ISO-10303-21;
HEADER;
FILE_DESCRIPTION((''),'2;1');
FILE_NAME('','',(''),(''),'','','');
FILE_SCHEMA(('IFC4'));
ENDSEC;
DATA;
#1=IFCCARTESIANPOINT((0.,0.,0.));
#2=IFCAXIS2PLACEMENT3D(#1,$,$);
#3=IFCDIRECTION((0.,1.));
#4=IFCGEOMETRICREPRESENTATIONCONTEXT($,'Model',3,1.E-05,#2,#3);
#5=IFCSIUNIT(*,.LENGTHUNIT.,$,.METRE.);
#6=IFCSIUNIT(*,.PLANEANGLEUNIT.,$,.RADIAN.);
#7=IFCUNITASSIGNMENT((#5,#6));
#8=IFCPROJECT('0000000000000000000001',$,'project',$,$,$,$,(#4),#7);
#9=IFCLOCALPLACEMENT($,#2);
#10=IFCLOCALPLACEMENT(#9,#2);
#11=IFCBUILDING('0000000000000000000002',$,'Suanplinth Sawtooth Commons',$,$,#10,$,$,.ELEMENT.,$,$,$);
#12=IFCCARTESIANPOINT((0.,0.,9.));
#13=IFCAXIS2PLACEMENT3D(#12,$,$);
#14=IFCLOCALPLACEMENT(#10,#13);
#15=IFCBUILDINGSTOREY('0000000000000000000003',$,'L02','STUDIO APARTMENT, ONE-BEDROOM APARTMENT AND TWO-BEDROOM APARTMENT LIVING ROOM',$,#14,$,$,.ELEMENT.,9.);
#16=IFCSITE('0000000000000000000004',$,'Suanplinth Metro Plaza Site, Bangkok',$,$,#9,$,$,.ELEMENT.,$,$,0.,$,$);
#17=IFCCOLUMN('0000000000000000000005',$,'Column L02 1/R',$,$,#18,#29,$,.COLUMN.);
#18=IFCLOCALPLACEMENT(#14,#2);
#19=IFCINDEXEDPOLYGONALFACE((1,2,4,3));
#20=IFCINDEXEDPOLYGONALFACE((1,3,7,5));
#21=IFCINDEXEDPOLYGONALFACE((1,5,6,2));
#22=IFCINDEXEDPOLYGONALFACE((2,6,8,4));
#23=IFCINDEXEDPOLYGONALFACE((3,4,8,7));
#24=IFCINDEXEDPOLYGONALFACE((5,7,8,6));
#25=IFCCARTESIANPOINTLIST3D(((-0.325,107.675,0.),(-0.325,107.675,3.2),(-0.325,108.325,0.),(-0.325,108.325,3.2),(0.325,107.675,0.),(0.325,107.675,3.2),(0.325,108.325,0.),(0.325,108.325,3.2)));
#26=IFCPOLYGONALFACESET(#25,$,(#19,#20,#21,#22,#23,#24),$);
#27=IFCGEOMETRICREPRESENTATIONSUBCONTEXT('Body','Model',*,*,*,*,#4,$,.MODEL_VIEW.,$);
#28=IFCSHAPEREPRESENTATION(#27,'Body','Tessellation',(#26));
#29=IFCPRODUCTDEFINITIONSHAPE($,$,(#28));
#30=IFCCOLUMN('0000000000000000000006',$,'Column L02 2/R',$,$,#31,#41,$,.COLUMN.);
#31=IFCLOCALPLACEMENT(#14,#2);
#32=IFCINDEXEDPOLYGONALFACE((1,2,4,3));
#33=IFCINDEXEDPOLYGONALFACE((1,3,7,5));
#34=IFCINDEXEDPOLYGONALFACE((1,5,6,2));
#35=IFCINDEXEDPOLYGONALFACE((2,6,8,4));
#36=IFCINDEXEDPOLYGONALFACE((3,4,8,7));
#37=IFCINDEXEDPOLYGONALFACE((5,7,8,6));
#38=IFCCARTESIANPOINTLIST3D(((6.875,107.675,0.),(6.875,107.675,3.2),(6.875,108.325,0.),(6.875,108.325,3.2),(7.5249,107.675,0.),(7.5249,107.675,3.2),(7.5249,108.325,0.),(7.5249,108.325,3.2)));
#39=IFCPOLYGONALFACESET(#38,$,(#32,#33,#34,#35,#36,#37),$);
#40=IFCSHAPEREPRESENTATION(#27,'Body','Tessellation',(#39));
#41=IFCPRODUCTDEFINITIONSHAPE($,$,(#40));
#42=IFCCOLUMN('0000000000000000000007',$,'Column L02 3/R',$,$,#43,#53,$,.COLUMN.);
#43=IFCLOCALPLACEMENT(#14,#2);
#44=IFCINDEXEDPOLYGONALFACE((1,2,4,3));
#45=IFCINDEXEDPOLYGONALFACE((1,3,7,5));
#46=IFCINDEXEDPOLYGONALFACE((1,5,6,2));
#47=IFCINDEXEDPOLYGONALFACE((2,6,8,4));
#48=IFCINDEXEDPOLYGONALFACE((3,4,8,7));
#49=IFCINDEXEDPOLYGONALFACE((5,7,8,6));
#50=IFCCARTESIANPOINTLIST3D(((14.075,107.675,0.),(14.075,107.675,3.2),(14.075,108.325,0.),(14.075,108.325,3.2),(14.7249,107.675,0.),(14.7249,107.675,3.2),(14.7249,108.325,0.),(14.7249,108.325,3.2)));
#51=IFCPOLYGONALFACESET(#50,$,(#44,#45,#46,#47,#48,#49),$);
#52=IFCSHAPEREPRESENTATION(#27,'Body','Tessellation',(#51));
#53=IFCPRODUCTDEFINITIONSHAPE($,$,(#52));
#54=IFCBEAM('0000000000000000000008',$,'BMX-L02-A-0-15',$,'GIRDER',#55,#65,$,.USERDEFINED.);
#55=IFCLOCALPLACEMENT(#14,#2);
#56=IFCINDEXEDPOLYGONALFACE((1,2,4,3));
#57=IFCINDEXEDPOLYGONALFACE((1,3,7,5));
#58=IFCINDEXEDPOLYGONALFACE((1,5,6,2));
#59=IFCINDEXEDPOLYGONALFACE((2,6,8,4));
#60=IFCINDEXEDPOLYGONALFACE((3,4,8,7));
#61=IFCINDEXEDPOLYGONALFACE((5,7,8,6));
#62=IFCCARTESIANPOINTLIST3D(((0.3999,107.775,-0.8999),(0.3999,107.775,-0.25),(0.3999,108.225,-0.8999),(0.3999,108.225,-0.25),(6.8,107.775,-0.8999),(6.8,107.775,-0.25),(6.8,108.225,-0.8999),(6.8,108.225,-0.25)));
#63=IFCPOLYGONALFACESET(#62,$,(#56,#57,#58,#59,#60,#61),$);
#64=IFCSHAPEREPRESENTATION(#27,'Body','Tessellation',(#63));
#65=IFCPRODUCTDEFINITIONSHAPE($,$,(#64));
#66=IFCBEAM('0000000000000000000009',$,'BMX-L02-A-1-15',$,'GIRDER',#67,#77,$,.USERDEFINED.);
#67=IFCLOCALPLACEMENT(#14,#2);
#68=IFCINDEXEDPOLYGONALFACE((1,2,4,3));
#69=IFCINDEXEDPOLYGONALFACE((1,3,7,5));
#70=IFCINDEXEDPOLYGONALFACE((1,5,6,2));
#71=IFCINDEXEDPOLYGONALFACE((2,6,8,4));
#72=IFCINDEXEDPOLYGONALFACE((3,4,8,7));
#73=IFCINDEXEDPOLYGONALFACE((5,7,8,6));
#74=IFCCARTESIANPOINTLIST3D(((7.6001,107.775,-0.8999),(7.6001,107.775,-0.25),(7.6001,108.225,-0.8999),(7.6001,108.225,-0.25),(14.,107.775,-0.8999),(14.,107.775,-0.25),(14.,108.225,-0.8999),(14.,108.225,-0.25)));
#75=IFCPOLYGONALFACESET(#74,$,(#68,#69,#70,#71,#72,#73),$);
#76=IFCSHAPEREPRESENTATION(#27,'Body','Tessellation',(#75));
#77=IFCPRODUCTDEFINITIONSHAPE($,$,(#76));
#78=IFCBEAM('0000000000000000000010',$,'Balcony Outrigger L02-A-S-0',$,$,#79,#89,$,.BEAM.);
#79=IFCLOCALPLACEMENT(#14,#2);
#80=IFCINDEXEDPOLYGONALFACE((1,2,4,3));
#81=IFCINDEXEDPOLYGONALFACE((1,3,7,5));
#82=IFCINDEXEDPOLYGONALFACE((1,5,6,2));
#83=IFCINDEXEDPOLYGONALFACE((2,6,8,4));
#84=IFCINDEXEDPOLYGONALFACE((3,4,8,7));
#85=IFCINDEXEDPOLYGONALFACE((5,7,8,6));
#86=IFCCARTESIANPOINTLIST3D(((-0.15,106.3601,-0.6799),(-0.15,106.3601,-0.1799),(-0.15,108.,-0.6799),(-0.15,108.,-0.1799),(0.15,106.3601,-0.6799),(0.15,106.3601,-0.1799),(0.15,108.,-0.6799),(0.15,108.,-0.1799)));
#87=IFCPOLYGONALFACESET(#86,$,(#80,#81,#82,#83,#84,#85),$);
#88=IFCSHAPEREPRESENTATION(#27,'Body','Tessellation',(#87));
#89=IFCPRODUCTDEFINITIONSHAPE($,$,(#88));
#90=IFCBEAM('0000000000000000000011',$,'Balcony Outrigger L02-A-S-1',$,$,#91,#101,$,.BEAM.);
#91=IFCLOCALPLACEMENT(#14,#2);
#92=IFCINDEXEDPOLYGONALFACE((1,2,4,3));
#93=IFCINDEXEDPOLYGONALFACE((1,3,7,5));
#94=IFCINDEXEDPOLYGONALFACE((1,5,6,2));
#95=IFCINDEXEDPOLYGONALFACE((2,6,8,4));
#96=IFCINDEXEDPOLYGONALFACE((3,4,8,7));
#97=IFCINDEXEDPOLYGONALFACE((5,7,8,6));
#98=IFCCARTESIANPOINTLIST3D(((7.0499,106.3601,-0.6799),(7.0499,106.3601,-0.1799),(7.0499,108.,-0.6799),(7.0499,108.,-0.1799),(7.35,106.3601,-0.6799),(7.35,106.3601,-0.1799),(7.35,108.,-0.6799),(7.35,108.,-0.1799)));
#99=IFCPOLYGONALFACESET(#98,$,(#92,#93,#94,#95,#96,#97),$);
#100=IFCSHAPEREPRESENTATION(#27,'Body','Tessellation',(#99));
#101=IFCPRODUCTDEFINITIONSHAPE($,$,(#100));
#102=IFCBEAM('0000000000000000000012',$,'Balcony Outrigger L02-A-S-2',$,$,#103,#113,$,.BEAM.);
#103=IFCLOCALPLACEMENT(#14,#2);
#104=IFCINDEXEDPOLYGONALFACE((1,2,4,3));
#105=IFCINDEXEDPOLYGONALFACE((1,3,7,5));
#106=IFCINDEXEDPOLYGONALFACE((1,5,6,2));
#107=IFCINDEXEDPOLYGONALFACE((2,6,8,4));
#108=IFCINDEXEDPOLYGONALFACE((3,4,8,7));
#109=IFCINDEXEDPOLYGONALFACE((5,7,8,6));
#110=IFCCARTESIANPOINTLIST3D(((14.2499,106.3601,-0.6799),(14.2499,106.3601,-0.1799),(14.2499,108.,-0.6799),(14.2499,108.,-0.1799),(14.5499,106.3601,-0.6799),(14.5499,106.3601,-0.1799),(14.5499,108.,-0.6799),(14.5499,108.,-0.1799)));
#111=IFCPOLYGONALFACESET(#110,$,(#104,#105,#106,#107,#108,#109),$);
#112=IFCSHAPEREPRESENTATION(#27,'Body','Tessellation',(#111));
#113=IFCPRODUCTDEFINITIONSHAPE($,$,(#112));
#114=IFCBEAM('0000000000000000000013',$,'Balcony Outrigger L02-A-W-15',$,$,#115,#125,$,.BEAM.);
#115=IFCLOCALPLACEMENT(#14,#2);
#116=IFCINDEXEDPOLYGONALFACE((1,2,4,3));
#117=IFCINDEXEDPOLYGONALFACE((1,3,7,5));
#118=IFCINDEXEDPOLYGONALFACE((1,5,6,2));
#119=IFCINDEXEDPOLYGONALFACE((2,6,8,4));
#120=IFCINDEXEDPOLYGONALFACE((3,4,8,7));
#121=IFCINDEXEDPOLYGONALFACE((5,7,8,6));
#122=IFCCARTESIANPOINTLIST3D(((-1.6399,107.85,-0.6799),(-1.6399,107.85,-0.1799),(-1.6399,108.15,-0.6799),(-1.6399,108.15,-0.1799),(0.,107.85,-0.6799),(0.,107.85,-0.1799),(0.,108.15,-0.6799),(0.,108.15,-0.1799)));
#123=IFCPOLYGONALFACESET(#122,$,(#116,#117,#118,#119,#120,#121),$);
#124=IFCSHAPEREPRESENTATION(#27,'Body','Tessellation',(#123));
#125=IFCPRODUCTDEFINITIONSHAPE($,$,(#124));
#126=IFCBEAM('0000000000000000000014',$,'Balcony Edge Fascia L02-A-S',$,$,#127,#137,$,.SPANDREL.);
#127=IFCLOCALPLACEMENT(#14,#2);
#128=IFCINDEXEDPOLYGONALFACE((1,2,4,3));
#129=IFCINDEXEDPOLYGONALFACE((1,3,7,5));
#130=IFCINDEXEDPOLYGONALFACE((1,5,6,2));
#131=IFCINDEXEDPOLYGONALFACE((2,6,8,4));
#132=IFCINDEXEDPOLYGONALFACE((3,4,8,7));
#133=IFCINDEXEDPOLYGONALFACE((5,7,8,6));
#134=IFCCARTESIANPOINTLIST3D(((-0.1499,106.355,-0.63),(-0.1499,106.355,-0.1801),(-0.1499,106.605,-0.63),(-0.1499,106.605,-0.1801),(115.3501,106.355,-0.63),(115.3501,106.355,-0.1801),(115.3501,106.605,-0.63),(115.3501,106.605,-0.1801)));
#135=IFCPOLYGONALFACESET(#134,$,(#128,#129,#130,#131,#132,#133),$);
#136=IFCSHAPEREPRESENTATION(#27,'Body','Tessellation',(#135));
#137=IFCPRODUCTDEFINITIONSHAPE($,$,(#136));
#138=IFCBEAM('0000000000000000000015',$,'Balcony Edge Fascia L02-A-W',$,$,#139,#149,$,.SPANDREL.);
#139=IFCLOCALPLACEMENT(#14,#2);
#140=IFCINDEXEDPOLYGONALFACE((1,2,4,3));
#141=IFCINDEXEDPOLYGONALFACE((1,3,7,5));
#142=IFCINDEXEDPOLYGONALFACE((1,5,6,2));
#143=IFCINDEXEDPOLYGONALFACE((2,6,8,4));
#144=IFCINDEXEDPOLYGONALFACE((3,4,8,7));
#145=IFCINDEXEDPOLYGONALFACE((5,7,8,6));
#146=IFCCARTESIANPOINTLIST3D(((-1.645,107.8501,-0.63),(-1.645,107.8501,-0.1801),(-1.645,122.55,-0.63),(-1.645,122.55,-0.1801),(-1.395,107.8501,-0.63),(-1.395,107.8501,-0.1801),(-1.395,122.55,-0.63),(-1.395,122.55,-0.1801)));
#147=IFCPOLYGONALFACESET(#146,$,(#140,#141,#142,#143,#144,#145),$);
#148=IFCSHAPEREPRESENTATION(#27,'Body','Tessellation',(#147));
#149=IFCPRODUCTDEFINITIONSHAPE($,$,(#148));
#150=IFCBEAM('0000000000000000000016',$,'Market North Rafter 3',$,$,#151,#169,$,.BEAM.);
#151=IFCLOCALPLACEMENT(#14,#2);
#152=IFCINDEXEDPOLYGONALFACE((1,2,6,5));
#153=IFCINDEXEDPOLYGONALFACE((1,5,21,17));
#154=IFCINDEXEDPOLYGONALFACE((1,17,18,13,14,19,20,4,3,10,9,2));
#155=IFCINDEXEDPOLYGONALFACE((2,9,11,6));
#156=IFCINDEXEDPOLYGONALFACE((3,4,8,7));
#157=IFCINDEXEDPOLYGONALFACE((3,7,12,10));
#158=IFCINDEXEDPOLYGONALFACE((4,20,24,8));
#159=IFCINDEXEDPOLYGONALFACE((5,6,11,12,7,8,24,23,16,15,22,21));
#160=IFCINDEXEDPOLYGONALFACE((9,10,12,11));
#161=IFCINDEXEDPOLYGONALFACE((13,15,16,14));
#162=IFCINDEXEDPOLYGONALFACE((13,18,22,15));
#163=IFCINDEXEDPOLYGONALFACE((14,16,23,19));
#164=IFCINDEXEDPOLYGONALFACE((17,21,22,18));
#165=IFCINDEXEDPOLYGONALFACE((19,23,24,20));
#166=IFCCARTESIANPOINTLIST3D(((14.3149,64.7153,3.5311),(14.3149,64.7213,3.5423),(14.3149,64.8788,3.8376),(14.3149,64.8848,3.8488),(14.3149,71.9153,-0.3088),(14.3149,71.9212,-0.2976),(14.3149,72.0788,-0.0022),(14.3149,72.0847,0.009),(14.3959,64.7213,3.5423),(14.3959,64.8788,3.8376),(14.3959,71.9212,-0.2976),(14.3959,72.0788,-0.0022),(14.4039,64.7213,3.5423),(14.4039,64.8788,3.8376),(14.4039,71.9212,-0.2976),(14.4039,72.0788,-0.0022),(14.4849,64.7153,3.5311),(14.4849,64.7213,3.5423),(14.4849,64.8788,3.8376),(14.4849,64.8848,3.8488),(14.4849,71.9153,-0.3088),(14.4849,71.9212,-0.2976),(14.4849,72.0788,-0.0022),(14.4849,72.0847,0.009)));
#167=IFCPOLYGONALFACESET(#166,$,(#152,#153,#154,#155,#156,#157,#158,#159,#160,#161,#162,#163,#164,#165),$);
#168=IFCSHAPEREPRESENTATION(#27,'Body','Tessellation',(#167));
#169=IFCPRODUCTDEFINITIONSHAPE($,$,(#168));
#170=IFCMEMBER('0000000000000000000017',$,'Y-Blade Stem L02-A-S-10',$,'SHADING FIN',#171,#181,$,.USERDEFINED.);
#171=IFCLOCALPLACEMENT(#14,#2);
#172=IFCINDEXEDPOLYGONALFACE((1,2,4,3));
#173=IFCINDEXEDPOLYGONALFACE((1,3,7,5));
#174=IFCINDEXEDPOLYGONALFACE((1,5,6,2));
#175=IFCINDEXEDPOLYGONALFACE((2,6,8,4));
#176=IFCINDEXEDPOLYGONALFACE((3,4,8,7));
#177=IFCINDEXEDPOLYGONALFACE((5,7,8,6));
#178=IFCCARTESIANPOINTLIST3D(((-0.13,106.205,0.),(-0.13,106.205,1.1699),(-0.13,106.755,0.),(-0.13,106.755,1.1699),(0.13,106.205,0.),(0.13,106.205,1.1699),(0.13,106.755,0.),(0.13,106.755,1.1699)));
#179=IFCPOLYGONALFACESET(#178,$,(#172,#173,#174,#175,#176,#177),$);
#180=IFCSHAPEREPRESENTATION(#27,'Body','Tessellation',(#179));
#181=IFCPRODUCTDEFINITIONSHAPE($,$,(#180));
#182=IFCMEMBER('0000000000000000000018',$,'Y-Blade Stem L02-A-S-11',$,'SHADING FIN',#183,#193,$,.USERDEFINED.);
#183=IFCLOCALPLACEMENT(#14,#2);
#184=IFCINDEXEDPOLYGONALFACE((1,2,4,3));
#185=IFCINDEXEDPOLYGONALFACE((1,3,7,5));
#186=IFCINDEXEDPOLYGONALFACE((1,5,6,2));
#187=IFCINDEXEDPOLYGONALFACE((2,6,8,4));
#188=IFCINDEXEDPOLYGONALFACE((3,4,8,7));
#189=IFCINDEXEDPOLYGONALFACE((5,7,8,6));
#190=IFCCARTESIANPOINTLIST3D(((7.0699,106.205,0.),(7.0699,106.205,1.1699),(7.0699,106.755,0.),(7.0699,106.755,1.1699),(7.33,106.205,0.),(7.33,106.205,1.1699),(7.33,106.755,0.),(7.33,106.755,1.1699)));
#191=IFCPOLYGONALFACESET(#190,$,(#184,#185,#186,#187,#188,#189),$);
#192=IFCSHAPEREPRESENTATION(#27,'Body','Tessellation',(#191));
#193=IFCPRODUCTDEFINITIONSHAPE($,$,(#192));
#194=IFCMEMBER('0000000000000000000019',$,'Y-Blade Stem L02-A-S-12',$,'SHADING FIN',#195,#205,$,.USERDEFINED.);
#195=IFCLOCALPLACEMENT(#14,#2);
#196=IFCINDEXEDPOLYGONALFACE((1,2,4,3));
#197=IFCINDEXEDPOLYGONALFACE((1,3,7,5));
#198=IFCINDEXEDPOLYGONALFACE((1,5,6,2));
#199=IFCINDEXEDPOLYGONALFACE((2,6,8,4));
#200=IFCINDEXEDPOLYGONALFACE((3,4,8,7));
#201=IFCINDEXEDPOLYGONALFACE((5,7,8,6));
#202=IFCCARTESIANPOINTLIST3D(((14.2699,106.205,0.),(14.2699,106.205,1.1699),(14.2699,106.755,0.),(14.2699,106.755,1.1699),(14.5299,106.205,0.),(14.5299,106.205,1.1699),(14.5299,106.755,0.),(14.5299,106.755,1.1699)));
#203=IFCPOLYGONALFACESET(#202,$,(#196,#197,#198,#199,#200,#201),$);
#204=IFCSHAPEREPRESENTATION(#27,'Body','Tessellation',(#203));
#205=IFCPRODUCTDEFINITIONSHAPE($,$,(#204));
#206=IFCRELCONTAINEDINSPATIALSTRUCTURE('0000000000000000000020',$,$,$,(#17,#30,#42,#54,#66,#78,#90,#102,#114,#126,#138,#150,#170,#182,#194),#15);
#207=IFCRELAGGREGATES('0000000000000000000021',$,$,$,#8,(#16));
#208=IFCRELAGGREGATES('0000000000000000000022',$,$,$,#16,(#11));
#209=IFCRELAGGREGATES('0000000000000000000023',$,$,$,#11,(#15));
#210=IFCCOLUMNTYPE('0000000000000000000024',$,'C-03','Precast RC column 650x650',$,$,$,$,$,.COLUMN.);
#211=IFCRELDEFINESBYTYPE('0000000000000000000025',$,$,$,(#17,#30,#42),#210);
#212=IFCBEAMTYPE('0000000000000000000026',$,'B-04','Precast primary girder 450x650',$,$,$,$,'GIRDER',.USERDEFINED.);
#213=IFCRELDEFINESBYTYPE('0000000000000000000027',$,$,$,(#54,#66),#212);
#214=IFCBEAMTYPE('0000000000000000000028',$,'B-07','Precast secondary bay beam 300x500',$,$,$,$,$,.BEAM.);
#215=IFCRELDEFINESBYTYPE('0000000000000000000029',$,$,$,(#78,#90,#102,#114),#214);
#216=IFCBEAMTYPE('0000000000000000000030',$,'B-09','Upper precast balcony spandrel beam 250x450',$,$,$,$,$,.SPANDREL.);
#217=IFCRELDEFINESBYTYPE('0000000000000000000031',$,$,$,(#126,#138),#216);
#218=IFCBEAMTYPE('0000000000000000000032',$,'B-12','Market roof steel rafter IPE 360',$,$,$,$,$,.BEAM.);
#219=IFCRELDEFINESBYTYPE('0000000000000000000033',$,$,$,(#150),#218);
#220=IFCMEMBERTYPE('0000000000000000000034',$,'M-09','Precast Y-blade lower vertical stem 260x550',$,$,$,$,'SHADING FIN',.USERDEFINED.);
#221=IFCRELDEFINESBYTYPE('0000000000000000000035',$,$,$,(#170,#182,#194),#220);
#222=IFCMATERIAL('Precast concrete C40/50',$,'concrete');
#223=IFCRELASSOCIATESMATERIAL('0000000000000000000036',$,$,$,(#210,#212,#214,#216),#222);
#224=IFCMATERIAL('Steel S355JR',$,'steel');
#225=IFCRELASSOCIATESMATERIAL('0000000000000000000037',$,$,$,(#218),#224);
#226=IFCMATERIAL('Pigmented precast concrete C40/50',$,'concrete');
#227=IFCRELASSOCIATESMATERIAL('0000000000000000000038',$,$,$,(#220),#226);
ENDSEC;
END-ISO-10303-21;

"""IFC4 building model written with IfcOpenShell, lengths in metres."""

from ifc_helpers import new_model, si_unit, direction, frame, origin, origin_2d, place, context, subcontext, project, spatial, rectangle, i_section, extrude, material, material_profile, profile_set, type_object, element, save


model = new_model("IFC4")

# Units and contexts
model_context = context("Model", 3, precision=1e-05, world=origin(), true_north=direction((0.0, 1.0)))
body_context = subcontext(model_context, "Body", "Model", "MODEL_VIEW")
ifc_project = project(units=[si_unit("LENGTHUNIT", "METRE"), si_unit("PLANEANGLEUNIT", "RADIAN")], contexts=[model_context])

# Site, building, storey
site_placement = place(None, origin())
site = spatial("IfcSite", under=ifc_project, at=site_placement, Name="Suanplinth Metro Plaza Site, Bangkok", CompositionType="ELEMENT", RefElevation=0.0)
building_placement = place(site_placement, origin())
building = spatial("IfcBuilding", under=site, at=building_placement, Name="Suanplinth Sawtooth Commons", CompositionType="ELEMENT")
storey_placement = place(building_placement, frame((0.0, 0.0, 9.0)))
storey = spatial("IfcBuildingStorey", under=building, at=storey_placement, Name="L02", Description="STUDIO APARTMENT, ONE-BEDROOM APARTMENT AND TWO-BEDROOM APARTMENT LIVING ROOM", CompositionType="ELEMENT", Elevation=9.0)

# Columns
ifc_material_1 = material(Name="Precast concrete C40/50", Category="concrete")
ifc_material_profile_1 = material_profile(ifc_material_1, rectangle(XDim=0.6499, YDim=0.6499, at=origin_2d()), Name="PC-COL 650x650")
ifc_profile_set_1 = profile_set([ifc_material_profile_1], Name="Precast concrete C40/50")
column_type = type_object("IfcColumnType", Name="C-03", Description="Precast RC column 650x650", PredefinedType="COLUMN", material=ifc_profile_set_1)
for number, where, z_axis, x_axis, name in (
    (1, (0.0, 108.0, 0.0), (0.0, 0.0, 1.0), (1.0, 0.0, 0.0), "Column L02 1/R"),
    (2, (7.2, 108.0, 0.0), (0.0, 0.0, 1.0), (1.0, 0.0, 0.0), "Column L02 2/R"),
    (3, (14.3999, 108.0, 0.0), (0.0, 0.0, 1.0), (1.0, 0.0, 0.0), "Column L02 3/R"),
):
    element("IfcColumn", number, at=place(storey_placement, frame(where, z_axis=z_axis, x_axis=x_axis)), inside=storey, type_object=column_type, Name=name, PredefinedType="COLUMN", context=body_context, shape_type="SweptSolid", body=[
        extrude(rectangle(XDim=0.6499, YDim=0.6499, at=origin_2d()), origin(), (0.0, 0.0, 1.0), 3.2),
    ])

# Beams
ifc_material_profile_2 = material_profile(ifc_material_1, rectangle(XDim=0.45, YDim=0.6499, at=origin_2d()), Name="PC-GDR 450x650")
ifc_profile_set_2 = profile_set([ifc_material_profile_2], Name="Precast concrete C40/50")
beam_type_1 = type_object("IfcBeamType", Name="B-04", Description="Precast primary girder 450x650", ElementType="GIRDER", PredefinedType="USERDEFINED", material=ifc_profile_set_2)
beam_1_placement = place(storey_placement, frame((0.3999, 108.0, -0.575), z_axis=(1.0, 0.0, 0.0), x_axis=(0.0, 1.0, 0.0)))
element("IfcBeam", 4, at=beam_1_placement, inside=storey, type_object=beam_type_1, Name="BMX-L02-A-0-15", ObjectType="GIRDER", PredefinedType="USERDEFINED", context=body_context, shape_type="SweptSolid", body=[
    extrude(rectangle(XDim=0.45, YDim=0.6499, at=origin_2d()), origin(), (0.0, 0.0, 1.0), 6.4001),
])
beam_2_placement = place(storey_placement, frame((7.6001, 108.0, -0.575), z_axis=(1.0, 0.0, 0.0), x_axis=(0.0, 1.0, 0.0)))
element("IfcBeam", 5, at=beam_2_placement, inside=storey, type_object=beam_type_1, Name="BMX-L02-A-1-15", ObjectType="GIRDER", PredefinedType="USERDEFINED", context=body_context, shape_type="SweptSolid", body=[
    extrude(rectangle(XDim=0.45, YDim=0.6499, at=origin_2d()), origin(), (0.0, 0.0, 1.0), 6.3999),
])
ifc_material_profile_3 = material_profile(ifc_material_1, rectangle(XDim=0.3, YDim=0.5, at=origin_2d()), Name="PC-BM 300x500")
ifc_profile_set_3 = profile_set([ifc_material_profile_3], Name="Precast concrete C40/50")
beam_type_2 = type_object("IfcBeamType", Name="B-07", Description="Precast secondary bay beam 300x500", PredefinedType="BEAM", material=ifc_profile_set_3)
for number, where, z_axis, x_axis, name in (
    (6, (0.0, 108.0, -0.4299), (0.0, -1.0, 0.0), (1.0, 0.0, 0.0), "Balcony Outrigger L02-A-S-0"),
    (7, (7.2, 108.0, -0.4299), (0.0, -1.0, 0.0), (1.0, 0.0, 0.0), "Balcony Outrigger L02-A-S-1"),
    (8, (14.3999, 108.0, -0.4299), (0.0, -1.0, 0.0), (1.0, 0.0, 0.0), "Balcony Outrigger L02-A-S-2"),
    (9, (0.0, 108.0, -0.4299), (-1.0, 0.0, 0.0), (0.0, -1.0, 0.0), "Balcony Outrigger L02-A-W-15"),
):
    element("IfcBeam", number, at=place(storey_placement, frame(where, z_axis=z_axis, x_axis=x_axis)), inside=storey, type_object=beam_type_2, Name=name, PredefinedType="BEAM", context=body_context, shape_type="SweptSolid", body=[
        extrude(rectangle(XDim=0.3, YDim=0.5, at=origin_2d()), origin(), (0.0, 0.0, 1.0), 1.6399),
    ])
ifc_material_profile_4 = material_profile(ifc_material_1, rectangle(XDim=0.25, YDim=0.45, at=origin_2d()), Name="PC-SP 250x450")
ifc_profile_set_4 = profile_set([ifc_material_profile_4], Name="Precast concrete C40/50")
beam_type_3 = type_object("IfcBeamType", Name="B-09", Description="Upper precast balcony spandrel beam 250x450", PredefinedType="SPANDREL", material=ifc_profile_set_4)
beam_3_placement = place(storey_placement, frame((-0.1499, 106.48, -0.405), z_axis=(1.0, 0.0, 0.0), x_axis=(0.0, 1.0, 0.0)))
element("IfcBeam", 10, at=beam_3_placement, inside=storey, type_object=beam_type_3, Name="Balcony Edge Fascia L02-A-S", PredefinedType="SPANDREL", context=body_context, shape_type="SweptSolid", body=[
    extrude(rectangle(XDim=0.25, YDim=0.45, at=origin_2d()), origin(), (0.0, 0.0, 1.0), 115.5),
])
beam_4_placement = place(storey_placement, frame((-1.52, 107.8501, -0.405), z_axis=(0.0, 1.0, 0.0), x_axis=(-1.0, 0.0, 0.0)))
element("IfcBeam", 11, at=beam_4_placement, inside=storey, type_object=beam_type_3, Name="Balcony Edge Fascia L02-A-W", PredefinedType="SPANDREL", context=body_context, shape_type="SweptSolid", body=[
    extrude(rectangle(XDim=0.25, YDim=0.45, at=origin_2d()), origin(), (0.0, 0.0, 1.0), 14.7),
])
ifc_material_2 = material(Name="Steel S355JR", Category="steel")
ifc_material_profile_5 = material_profile(ifc_material_2, i_section(OverallWidth=0.1699, OverallDepth=0.3601, WebThickness=0.0081, FlangeThickness=0.0127, at=origin_2d()), Name="IPE 360")
ifc_profile_set_5 = profile_set([ifc_material_profile_5], Name="Steel S355JR")
beam_type_4 = type_object("IfcBeamType", Name="B-12", Description="Market roof steel rafter IPE 360", PredefinedType="BEAM", material=ifc_profile_set_5)
beam_5_placement = place(storey_placement, frame((14.3999, 72.0, -0.1499), z_axis=(0.0, -0.88236, 0.470576), x_axis=(1.0, 0.0, 0.0)))
element("IfcBeam", 12, at=beam_5_placement, inside=storey, type_object=beam_type_4, Name="Market North Rafter 3", PredefinedType="BEAM", context=body_context, shape_type="SweptSolid", body=[
    extrude(i_section(OverallWidth=0.1699, OverallDepth=0.3601, WebThickness=0.0081, FlangeThickness=0.0127, at=origin_2d()), origin(), (0.0, 0.0, 1.0), 8.1599),
])

# Members
ifc_material_3 = material(Name="Pigmented precast concrete C40/50", Category="concrete")
ifc_material_profile_6 = material_profile(ifc_material_3, rectangle(XDim=0.26, YDim=0.55, at=origin_2d()), Name="PC-FIN 260x550")
ifc_profile_set_6 = profile_set([ifc_material_profile_6], Name="Pigmented precast concrete C40/50")
member_type_1 = type_object("IfcMemberType", Name="M-09", Description="Precast Y-blade lower vertical stem 260x550", ElementType="SHADING FIN", PredefinedType="USERDEFINED", material=ifc_profile_set_6)
for number, where, z_axis, x_axis, name in (
    (13, (0.0, 106.48, 0.0), (0.0, 0.0, 1.0), (1.0, 0.0, 0.0), "Y-Blade Stem L02-A-S-10"),
    (14, (7.2, 106.48, 0.0), (0.0, 0.0, 1.0), (1.0, 0.0, 0.0), "Y-Blade Stem L02-A-S-11"),
    (15, (14.3999, 106.48, 0.0), (0.0, 0.0, 1.0), (1.0, 0.0, 0.0), "Y-Blade Stem L02-A-S-12"),
):
    element("IfcMember", number, at=place(storey_placement, frame(where, z_axis=z_axis, x_axis=x_axis)), inside=storey, type_object=member_type_1, Name=name, ObjectType="SHADING FIN", PredefinedType="USERDEFINED", context=body_context, shape_type="SweptSolid", body=[
        extrude(rectangle(XDim=0.26, YDim=0.55, at=origin_2d()), origin(), (0.0, 0.0, 1.0), 1.1699),
    ])

save(model, "model.ifc")
